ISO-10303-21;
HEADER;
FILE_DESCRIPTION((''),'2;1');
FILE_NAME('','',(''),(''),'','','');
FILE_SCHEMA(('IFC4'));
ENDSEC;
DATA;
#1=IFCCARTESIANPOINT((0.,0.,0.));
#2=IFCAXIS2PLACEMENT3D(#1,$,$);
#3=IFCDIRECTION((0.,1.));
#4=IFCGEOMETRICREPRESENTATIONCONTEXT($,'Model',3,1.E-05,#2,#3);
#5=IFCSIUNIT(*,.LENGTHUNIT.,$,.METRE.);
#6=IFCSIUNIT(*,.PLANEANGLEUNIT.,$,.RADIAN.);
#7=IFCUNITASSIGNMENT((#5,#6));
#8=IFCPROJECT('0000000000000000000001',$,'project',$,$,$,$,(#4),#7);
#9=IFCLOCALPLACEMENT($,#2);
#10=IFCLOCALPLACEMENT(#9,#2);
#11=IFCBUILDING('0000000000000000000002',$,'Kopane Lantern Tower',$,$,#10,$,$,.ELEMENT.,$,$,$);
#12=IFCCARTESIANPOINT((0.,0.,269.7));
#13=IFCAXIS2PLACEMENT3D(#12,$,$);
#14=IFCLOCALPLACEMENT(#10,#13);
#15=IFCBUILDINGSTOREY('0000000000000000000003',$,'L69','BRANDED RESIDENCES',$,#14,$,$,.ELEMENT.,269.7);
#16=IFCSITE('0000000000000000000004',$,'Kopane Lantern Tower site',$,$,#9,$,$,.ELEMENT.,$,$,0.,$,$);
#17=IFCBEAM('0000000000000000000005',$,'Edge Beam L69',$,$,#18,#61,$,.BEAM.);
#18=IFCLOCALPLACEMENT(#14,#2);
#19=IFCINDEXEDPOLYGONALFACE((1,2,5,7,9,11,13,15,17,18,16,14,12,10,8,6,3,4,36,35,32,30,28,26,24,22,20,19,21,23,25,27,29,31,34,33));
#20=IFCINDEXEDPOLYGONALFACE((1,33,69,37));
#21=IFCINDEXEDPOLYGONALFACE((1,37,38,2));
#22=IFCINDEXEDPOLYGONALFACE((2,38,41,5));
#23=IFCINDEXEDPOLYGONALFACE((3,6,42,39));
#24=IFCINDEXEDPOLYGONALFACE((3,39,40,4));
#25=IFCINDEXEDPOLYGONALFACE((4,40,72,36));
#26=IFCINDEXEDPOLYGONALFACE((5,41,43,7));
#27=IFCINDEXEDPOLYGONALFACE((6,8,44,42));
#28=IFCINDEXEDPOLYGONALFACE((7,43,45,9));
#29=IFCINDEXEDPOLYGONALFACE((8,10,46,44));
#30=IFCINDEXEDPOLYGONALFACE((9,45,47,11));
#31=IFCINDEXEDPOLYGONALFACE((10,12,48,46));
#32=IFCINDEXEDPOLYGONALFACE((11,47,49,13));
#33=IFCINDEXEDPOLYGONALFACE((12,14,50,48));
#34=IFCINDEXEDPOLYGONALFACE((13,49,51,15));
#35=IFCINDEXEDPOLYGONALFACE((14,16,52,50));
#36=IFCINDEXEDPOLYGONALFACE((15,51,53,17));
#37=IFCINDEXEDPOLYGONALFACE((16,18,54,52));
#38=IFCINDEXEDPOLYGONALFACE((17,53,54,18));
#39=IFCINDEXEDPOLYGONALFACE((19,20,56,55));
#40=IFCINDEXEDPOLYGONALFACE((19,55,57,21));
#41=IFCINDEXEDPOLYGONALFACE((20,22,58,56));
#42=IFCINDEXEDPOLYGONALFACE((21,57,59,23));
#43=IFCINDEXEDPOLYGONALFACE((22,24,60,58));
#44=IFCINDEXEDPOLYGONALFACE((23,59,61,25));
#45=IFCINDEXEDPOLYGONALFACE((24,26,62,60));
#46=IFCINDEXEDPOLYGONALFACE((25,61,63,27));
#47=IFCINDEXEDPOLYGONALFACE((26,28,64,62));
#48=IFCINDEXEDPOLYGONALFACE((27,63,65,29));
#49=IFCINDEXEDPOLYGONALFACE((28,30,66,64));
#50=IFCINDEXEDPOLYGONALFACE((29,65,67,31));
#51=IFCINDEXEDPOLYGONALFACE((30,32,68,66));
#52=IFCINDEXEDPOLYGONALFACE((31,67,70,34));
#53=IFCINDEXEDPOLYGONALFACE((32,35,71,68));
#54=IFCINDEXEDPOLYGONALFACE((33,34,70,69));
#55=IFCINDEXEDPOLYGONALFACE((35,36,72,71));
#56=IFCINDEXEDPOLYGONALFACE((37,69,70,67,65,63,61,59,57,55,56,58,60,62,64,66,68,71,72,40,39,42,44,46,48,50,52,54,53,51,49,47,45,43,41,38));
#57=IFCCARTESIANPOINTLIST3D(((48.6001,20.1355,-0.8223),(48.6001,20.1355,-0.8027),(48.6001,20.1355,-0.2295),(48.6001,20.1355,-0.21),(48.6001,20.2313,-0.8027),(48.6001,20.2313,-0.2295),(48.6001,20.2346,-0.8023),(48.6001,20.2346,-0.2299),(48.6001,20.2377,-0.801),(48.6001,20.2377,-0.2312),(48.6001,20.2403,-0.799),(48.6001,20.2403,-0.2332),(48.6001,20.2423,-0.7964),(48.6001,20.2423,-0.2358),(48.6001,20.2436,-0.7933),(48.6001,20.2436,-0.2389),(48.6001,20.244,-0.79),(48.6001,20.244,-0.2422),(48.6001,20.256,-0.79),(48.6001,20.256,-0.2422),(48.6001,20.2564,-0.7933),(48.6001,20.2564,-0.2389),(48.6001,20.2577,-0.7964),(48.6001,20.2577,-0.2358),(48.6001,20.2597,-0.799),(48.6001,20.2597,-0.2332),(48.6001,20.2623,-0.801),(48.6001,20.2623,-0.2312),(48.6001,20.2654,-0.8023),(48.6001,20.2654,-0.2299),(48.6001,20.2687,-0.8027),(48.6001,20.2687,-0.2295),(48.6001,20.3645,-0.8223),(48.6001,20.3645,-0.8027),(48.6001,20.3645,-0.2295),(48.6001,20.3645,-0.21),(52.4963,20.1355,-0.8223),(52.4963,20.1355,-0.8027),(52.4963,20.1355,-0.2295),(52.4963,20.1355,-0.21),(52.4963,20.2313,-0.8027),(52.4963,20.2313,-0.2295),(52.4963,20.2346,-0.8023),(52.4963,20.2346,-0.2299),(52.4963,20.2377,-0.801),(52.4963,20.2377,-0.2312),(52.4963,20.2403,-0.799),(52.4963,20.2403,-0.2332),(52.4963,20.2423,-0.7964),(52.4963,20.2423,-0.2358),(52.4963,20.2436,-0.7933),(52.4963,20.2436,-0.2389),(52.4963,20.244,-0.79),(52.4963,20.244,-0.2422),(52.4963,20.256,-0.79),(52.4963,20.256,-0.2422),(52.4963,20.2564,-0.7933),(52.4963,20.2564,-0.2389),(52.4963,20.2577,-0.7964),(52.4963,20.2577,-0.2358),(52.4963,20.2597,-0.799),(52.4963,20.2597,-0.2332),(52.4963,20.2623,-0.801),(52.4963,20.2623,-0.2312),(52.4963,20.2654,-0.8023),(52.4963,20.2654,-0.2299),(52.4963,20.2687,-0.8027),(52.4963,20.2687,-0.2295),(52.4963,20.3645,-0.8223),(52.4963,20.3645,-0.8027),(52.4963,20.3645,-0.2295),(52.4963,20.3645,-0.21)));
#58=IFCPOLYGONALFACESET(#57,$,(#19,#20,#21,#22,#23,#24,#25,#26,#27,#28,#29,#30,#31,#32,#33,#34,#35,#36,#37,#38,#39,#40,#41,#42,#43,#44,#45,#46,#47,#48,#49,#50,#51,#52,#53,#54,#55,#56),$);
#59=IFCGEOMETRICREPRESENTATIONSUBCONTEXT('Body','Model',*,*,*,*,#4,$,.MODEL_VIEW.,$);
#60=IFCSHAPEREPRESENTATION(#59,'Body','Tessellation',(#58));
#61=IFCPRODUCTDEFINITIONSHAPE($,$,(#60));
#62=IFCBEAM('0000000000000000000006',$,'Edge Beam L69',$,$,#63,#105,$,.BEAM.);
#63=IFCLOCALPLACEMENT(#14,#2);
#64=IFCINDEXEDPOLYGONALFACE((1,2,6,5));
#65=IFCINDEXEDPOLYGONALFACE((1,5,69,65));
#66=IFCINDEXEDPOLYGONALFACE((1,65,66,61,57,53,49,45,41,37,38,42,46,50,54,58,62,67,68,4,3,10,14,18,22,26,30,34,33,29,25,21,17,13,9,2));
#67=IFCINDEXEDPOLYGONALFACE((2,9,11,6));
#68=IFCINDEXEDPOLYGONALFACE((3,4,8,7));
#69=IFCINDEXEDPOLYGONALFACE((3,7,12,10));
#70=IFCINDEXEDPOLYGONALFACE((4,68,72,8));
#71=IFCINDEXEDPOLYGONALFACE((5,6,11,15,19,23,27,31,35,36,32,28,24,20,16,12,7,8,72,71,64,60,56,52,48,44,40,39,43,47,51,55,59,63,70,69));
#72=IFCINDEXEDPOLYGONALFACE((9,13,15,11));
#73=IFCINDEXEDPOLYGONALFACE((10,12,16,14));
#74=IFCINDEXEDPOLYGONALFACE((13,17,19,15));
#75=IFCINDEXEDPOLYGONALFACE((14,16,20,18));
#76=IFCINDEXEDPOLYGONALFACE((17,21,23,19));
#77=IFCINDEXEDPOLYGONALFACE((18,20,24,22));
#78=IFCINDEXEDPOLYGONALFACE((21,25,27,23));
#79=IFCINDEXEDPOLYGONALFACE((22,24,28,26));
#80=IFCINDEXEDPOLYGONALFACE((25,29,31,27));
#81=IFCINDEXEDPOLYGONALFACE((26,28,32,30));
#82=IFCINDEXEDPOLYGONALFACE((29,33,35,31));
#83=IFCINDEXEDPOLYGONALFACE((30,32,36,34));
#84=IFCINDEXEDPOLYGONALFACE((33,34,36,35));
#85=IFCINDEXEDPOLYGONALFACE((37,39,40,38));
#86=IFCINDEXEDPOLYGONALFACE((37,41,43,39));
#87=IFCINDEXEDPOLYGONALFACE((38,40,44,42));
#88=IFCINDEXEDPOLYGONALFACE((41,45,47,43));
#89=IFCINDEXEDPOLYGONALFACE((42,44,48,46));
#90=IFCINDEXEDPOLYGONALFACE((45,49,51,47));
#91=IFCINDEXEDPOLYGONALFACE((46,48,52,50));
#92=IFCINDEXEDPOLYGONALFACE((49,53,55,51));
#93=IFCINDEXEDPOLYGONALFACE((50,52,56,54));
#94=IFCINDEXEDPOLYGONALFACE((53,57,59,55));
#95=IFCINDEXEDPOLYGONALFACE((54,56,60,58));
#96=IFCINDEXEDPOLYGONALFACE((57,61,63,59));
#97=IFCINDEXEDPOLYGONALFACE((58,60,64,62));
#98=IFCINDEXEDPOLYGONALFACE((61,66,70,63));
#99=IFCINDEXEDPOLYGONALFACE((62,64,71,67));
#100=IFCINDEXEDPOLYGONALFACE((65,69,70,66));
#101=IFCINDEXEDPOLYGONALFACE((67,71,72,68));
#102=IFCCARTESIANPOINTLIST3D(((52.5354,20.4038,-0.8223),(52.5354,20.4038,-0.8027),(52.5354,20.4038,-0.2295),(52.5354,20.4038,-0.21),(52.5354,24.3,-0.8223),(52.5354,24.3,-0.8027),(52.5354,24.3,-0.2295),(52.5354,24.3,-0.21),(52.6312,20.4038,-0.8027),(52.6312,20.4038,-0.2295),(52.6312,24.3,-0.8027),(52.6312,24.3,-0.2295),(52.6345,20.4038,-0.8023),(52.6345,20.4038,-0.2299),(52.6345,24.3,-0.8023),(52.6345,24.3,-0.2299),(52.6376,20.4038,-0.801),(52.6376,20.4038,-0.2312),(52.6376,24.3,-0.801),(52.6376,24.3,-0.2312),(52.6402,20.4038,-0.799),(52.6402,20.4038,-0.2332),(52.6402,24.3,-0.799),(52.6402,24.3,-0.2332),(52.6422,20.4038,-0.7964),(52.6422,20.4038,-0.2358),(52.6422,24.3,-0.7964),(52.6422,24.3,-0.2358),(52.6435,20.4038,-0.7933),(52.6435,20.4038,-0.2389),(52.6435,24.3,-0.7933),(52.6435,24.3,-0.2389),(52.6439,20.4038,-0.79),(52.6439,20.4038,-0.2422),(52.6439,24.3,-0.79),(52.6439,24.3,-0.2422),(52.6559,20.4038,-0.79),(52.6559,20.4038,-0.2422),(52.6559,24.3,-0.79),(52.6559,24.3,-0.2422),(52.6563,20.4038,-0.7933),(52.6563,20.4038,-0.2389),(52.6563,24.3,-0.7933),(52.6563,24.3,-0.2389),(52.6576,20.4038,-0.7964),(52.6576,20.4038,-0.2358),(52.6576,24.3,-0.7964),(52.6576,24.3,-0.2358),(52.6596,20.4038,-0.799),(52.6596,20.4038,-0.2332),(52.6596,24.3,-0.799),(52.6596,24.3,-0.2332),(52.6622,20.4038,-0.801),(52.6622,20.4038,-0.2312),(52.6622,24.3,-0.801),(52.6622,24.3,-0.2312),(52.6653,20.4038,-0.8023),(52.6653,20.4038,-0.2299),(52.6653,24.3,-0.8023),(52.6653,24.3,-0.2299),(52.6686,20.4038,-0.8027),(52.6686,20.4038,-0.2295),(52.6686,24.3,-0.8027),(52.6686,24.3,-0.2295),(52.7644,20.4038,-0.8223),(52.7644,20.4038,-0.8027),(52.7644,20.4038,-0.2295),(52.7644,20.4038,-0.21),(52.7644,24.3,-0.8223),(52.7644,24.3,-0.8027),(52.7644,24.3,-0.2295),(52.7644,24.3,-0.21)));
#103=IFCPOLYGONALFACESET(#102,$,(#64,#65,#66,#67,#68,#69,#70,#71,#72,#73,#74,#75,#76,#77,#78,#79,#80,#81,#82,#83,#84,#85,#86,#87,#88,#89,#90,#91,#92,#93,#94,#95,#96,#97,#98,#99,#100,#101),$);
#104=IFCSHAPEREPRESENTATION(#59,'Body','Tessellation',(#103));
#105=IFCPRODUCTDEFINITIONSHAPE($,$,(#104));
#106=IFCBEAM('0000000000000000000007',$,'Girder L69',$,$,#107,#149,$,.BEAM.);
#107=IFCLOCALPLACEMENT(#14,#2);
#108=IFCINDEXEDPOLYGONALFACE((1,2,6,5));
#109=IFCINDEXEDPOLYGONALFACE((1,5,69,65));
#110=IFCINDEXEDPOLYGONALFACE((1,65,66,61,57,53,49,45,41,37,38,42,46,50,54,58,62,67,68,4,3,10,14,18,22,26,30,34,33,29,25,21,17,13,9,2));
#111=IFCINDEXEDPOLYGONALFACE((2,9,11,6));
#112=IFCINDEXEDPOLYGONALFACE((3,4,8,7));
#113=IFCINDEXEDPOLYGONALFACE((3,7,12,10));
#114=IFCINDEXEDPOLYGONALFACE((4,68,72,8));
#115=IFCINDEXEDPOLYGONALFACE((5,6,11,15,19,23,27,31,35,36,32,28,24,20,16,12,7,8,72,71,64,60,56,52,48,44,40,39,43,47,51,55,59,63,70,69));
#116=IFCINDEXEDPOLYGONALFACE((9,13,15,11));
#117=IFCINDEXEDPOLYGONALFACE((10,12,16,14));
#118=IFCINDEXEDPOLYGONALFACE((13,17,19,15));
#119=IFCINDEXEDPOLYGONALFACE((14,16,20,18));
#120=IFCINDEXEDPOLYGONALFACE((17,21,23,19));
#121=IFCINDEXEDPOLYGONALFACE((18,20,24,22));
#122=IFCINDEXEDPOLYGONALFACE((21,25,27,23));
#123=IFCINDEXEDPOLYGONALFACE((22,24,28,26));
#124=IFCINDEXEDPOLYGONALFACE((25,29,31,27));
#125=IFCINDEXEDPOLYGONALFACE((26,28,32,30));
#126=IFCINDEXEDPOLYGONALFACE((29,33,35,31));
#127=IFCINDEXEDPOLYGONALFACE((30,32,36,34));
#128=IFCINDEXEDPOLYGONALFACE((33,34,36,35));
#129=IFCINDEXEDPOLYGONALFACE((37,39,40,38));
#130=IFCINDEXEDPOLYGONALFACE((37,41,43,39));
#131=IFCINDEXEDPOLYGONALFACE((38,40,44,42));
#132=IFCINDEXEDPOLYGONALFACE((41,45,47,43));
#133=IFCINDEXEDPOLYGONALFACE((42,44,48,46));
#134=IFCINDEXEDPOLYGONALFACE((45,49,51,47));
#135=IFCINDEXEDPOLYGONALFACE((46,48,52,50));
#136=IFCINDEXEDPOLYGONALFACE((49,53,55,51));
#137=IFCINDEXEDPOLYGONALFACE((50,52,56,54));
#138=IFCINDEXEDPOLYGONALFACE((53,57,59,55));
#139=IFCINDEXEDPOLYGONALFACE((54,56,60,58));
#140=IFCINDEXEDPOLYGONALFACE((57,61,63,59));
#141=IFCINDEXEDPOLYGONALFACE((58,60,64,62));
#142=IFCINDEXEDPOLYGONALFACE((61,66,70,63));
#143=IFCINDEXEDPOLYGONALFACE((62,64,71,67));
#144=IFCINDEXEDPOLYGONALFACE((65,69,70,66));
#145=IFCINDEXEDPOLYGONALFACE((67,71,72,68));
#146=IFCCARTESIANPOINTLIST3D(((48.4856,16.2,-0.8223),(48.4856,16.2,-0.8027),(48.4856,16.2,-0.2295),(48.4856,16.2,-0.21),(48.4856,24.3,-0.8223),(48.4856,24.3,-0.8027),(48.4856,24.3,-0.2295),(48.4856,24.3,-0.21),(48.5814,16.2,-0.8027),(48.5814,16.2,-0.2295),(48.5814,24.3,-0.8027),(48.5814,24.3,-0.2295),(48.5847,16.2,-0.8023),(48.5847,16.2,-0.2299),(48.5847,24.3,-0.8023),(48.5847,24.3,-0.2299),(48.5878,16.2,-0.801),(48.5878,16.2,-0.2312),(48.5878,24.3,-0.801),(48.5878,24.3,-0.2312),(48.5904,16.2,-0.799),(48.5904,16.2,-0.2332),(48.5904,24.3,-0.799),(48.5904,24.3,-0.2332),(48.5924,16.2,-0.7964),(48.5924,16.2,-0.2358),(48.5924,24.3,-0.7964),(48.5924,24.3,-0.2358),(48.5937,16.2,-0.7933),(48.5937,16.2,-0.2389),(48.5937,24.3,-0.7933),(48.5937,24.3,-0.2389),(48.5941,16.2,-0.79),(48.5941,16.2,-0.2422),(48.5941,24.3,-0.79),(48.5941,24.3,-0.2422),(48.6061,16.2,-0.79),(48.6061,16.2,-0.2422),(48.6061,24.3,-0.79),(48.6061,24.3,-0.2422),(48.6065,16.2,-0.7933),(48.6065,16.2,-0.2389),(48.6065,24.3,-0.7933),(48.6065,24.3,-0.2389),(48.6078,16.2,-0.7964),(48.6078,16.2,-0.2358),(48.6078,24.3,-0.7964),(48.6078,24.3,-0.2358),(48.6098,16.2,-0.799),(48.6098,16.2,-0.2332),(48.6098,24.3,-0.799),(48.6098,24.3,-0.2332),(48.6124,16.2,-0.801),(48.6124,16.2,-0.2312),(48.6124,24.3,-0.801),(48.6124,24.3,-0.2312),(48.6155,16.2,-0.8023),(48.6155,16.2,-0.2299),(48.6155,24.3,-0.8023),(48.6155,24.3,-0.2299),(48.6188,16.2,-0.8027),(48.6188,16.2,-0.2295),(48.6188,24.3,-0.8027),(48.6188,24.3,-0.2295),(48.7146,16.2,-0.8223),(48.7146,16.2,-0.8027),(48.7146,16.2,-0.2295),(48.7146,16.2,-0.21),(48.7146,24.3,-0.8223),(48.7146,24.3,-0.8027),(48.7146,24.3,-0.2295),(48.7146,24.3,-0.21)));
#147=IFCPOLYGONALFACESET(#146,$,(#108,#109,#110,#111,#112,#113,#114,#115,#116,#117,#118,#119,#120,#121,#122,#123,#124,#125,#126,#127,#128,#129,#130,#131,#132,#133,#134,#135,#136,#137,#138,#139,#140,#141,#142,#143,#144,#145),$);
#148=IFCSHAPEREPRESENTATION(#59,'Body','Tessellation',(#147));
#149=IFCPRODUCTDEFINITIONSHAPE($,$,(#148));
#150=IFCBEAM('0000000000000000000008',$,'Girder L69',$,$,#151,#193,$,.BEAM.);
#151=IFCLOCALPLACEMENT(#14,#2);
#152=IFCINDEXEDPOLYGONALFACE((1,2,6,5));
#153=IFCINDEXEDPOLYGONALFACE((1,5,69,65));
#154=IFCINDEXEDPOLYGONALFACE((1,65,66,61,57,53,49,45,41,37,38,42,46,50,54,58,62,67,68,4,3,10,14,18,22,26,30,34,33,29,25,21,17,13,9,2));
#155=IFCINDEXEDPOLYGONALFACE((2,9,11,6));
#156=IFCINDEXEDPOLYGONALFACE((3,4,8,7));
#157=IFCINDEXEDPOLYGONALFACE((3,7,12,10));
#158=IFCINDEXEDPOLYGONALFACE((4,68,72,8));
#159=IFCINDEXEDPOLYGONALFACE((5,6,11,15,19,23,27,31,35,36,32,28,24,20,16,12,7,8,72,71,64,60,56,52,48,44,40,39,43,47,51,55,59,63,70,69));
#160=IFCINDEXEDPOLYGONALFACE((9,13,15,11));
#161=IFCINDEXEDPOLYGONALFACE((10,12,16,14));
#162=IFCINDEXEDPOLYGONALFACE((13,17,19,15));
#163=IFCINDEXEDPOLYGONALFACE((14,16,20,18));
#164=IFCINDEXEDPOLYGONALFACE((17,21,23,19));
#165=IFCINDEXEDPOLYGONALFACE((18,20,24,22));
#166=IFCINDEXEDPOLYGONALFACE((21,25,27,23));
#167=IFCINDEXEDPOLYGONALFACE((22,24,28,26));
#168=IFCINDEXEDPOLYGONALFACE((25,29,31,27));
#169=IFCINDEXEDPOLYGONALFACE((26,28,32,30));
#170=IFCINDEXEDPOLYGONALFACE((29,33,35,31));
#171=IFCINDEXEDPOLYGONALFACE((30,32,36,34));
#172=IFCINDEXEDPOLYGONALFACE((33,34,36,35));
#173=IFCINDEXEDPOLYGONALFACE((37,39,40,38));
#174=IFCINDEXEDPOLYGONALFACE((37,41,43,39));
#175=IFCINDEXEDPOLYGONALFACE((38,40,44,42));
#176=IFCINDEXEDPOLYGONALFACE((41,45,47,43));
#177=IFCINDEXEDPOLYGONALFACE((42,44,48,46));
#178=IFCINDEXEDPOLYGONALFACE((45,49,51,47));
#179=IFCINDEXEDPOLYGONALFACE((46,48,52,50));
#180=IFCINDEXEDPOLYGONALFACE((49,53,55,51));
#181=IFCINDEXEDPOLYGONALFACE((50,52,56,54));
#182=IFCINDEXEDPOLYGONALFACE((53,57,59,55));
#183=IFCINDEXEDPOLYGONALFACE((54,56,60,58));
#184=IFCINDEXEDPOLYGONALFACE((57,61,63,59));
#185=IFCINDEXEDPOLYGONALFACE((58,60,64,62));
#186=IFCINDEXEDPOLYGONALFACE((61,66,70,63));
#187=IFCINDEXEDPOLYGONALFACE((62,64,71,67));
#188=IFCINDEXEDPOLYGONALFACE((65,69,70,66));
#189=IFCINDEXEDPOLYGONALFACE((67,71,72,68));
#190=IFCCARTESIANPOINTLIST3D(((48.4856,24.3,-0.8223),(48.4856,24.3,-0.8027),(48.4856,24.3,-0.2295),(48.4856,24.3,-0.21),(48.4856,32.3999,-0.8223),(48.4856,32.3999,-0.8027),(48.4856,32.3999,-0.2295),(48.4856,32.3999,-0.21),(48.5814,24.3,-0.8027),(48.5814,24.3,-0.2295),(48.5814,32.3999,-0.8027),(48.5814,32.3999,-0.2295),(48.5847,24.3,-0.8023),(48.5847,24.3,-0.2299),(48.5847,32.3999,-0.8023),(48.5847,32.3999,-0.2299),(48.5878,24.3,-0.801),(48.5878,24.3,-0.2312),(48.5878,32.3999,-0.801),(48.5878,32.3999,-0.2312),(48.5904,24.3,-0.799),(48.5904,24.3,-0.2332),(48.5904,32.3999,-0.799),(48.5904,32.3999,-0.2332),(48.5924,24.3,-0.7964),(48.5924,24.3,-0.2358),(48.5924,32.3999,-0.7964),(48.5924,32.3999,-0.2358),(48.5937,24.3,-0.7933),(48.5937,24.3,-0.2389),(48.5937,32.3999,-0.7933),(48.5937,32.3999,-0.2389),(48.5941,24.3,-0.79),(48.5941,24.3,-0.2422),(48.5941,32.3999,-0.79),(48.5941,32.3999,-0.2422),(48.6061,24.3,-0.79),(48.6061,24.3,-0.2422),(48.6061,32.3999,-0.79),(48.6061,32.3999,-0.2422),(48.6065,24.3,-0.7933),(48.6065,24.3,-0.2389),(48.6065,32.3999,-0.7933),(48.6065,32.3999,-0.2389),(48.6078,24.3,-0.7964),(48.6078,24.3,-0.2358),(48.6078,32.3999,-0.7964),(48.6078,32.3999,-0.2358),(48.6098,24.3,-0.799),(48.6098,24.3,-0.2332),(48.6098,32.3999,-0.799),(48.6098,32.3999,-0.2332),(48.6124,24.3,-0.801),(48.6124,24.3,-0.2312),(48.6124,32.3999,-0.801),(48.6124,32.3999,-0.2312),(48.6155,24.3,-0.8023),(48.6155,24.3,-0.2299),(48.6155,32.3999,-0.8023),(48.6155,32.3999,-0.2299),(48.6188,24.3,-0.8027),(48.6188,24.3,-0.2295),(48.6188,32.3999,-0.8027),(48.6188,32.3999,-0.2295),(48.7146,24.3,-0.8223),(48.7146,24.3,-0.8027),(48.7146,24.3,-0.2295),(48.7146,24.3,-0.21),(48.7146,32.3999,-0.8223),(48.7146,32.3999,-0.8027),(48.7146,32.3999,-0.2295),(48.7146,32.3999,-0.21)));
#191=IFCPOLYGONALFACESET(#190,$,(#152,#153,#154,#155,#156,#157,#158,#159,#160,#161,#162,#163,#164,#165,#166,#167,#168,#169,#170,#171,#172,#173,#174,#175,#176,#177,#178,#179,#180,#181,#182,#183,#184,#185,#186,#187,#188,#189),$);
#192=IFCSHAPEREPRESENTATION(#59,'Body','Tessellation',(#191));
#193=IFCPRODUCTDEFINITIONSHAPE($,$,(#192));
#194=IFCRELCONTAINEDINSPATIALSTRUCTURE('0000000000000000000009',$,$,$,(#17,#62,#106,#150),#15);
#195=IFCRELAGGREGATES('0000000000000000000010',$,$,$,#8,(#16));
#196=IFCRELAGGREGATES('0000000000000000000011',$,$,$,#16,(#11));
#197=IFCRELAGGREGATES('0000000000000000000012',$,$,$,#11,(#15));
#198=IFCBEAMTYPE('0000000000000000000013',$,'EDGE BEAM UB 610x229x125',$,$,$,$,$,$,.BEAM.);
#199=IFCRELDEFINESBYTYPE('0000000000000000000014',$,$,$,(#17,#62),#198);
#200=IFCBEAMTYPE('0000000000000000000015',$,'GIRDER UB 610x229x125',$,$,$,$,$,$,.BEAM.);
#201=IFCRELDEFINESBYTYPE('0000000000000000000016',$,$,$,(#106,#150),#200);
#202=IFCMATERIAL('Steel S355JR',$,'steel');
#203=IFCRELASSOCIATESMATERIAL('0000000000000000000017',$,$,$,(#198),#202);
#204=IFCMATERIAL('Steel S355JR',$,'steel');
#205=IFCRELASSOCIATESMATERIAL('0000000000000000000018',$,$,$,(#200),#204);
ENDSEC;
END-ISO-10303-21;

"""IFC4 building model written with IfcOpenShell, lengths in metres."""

from ifc_helpers import new_model, si_unit, direction, frame, origin, origin_2d, place, context, subcontext, project, spatial, i_section, extrude, material, material_profile, profile_set, type_object, element, save


model = new_model("IFC4")

# Units and contexts
model_context = context("Model", 3, precision=1e-05, world=origin(), true_north=direction((0.0, 1.0)))
body_context = subcontext(model_context, "Body", "Model", "MODEL_VIEW")
ifc_project = project(units=[si_unit("LENGTHUNIT", "METRE"), si_unit("PLANEANGLEUNIT", "RADIAN")], contexts=[model_context])

# Site, building, storey
site_placement = place(None, origin())
site = spatial("IfcSite", under=ifc_project, at=site_placement, Name="Kopane Lantern Tower site", CompositionType="ELEMENT", RefElevation=0.0)
building_placement = place(site_placement, origin())
building = spatial("IfcBuilding", under=site, at=building_placement, Name="Kopane Lantern Tower", CompositionType="ELEMENT")
storey_placement = place(building_placement, frame((0.0, 0.0, 269.7)))
storey = spatial("IfcBuildingStorey", under=building, at=storey_placement, Name="L69", Description="BRANDED RESIDENCES", CompositionType="ELEMENT", Elevation=269.7)

# Beams
ifc_material_1 = material(Name="Steel S355JR", Category="steel")
ifc_material_profile_1 = material_profile(ifc_material_1, i_section(OverallWidth=0.229, OverallDepth=0.6123, WebThickness=0.012, FlangeThickness=0.0195, FilletRadius=0.0127, at=origin_2d()), Name="UB 610x229x125")
ifc_profile_set_1 = profile_set([ifc_material_profile_1], Name="Steel S355JR")
beam_type_1 = type_object("IfcBeamType", Name="EDGE BEAM UB 610x229x125", PredefinedType="BEAM", material=ifc_profile_set_1)
for number, where, z_axis, x_axis, name in (
    (1, (52.4963, 20.25, -0.5161), (-1.0, 0.0, 0.0), (0.0, -1.0, 0.0), "Edge Beam L69"),
    (2, (52.6499, 20.4038, -0.5161), (0.0, 1.0, 0.0), (-1.0, 0.0, 0.0), "Edge Beam L69"),
):
    element("IfcBeam", number, at=place(storey_placement, frame(where, z_axis=z_axis, x_axis=x_axis)), inside=storey, type_object=beam_type_1, Name=name, PredefinedType="BEAM", context=body_context, shape_type="SweptSolid", body=[
        extrude(i_section(OverallWidth=0.229, OverallDepth=0.6123, WebThickness=0.012, FlangeThickness=0.0195, FilletRadius=0.0127, at=origin_2d()), origin(), (0.0, 0.0, 1.0), 3.8962),
    ])
ifc_material_2 = material(Name="Steel S355JR", Category="steel")
ifc_material_profile_2 = material_profile(ifc_material_2, i_section(OverallWidth=0.229, OverallDepth=0.6123, WebThickness=0.012, FlangeThickness=0.0195, FilletRadius=0.0127, at=origin_2d()), Name="UB 610x229x125")
ifc_profile_set_2 = profile_set([ifc_material_profile_2], Name="Steel S355JR")
beam_type_2 = type_object("IfcBeamType", Name="GIRDER UB 610x229x125", PredefinedType="BEAM", material=ifc_profile_set_2)
beam_1_placement = place(storey_placement, frame((48.6001, 16.2, -0.5161), z_axis=(0.0, 1.0, 0.0), x_axis=(-1.0, 0.0, 0.0)))
element("IfcBeam", 3, at=beam_1_placement, inside=storey, type_object=beam_type_2, Name="Girder L69", PredefinedType="BEAM", context=body_context, shape_type="SweptSolid", body=[
    extrude(i_section(OverallWidth=0.229, OverallDepth=0.6123, WebThickness=0.012, FlangeThickness=0.0195, FilletRadius=0.0127, at=origin_2d()), origin(), (0.0, 0.0, 1.0), 8.1001),
])
beam_2_placement = place(storey_placement, frame((48.6001, 24.3, -0.5161), z_axis=(0.0, 1.0, 0.0), x_axis=(-1.0, 0.0, 0.0)))
element("IfcBeam", 4, at=beam_2_placement, inside=storey, type_object=beam_type_2, Name="Girder L69", PredefinedType="BEAM", context=body_context, shape_type="SweptSolid", body=[
    extrude(i_section(OverallWidth=0.229, OverallDepth=0.6123, WebThickness=0.012, FlangeThickness=0.0195, FilletRadius=0.0127, at=origin_2d()), origin(), (0.0, 0.0, 1.0), 8.0999),
])

save(model, "model.ifc")
